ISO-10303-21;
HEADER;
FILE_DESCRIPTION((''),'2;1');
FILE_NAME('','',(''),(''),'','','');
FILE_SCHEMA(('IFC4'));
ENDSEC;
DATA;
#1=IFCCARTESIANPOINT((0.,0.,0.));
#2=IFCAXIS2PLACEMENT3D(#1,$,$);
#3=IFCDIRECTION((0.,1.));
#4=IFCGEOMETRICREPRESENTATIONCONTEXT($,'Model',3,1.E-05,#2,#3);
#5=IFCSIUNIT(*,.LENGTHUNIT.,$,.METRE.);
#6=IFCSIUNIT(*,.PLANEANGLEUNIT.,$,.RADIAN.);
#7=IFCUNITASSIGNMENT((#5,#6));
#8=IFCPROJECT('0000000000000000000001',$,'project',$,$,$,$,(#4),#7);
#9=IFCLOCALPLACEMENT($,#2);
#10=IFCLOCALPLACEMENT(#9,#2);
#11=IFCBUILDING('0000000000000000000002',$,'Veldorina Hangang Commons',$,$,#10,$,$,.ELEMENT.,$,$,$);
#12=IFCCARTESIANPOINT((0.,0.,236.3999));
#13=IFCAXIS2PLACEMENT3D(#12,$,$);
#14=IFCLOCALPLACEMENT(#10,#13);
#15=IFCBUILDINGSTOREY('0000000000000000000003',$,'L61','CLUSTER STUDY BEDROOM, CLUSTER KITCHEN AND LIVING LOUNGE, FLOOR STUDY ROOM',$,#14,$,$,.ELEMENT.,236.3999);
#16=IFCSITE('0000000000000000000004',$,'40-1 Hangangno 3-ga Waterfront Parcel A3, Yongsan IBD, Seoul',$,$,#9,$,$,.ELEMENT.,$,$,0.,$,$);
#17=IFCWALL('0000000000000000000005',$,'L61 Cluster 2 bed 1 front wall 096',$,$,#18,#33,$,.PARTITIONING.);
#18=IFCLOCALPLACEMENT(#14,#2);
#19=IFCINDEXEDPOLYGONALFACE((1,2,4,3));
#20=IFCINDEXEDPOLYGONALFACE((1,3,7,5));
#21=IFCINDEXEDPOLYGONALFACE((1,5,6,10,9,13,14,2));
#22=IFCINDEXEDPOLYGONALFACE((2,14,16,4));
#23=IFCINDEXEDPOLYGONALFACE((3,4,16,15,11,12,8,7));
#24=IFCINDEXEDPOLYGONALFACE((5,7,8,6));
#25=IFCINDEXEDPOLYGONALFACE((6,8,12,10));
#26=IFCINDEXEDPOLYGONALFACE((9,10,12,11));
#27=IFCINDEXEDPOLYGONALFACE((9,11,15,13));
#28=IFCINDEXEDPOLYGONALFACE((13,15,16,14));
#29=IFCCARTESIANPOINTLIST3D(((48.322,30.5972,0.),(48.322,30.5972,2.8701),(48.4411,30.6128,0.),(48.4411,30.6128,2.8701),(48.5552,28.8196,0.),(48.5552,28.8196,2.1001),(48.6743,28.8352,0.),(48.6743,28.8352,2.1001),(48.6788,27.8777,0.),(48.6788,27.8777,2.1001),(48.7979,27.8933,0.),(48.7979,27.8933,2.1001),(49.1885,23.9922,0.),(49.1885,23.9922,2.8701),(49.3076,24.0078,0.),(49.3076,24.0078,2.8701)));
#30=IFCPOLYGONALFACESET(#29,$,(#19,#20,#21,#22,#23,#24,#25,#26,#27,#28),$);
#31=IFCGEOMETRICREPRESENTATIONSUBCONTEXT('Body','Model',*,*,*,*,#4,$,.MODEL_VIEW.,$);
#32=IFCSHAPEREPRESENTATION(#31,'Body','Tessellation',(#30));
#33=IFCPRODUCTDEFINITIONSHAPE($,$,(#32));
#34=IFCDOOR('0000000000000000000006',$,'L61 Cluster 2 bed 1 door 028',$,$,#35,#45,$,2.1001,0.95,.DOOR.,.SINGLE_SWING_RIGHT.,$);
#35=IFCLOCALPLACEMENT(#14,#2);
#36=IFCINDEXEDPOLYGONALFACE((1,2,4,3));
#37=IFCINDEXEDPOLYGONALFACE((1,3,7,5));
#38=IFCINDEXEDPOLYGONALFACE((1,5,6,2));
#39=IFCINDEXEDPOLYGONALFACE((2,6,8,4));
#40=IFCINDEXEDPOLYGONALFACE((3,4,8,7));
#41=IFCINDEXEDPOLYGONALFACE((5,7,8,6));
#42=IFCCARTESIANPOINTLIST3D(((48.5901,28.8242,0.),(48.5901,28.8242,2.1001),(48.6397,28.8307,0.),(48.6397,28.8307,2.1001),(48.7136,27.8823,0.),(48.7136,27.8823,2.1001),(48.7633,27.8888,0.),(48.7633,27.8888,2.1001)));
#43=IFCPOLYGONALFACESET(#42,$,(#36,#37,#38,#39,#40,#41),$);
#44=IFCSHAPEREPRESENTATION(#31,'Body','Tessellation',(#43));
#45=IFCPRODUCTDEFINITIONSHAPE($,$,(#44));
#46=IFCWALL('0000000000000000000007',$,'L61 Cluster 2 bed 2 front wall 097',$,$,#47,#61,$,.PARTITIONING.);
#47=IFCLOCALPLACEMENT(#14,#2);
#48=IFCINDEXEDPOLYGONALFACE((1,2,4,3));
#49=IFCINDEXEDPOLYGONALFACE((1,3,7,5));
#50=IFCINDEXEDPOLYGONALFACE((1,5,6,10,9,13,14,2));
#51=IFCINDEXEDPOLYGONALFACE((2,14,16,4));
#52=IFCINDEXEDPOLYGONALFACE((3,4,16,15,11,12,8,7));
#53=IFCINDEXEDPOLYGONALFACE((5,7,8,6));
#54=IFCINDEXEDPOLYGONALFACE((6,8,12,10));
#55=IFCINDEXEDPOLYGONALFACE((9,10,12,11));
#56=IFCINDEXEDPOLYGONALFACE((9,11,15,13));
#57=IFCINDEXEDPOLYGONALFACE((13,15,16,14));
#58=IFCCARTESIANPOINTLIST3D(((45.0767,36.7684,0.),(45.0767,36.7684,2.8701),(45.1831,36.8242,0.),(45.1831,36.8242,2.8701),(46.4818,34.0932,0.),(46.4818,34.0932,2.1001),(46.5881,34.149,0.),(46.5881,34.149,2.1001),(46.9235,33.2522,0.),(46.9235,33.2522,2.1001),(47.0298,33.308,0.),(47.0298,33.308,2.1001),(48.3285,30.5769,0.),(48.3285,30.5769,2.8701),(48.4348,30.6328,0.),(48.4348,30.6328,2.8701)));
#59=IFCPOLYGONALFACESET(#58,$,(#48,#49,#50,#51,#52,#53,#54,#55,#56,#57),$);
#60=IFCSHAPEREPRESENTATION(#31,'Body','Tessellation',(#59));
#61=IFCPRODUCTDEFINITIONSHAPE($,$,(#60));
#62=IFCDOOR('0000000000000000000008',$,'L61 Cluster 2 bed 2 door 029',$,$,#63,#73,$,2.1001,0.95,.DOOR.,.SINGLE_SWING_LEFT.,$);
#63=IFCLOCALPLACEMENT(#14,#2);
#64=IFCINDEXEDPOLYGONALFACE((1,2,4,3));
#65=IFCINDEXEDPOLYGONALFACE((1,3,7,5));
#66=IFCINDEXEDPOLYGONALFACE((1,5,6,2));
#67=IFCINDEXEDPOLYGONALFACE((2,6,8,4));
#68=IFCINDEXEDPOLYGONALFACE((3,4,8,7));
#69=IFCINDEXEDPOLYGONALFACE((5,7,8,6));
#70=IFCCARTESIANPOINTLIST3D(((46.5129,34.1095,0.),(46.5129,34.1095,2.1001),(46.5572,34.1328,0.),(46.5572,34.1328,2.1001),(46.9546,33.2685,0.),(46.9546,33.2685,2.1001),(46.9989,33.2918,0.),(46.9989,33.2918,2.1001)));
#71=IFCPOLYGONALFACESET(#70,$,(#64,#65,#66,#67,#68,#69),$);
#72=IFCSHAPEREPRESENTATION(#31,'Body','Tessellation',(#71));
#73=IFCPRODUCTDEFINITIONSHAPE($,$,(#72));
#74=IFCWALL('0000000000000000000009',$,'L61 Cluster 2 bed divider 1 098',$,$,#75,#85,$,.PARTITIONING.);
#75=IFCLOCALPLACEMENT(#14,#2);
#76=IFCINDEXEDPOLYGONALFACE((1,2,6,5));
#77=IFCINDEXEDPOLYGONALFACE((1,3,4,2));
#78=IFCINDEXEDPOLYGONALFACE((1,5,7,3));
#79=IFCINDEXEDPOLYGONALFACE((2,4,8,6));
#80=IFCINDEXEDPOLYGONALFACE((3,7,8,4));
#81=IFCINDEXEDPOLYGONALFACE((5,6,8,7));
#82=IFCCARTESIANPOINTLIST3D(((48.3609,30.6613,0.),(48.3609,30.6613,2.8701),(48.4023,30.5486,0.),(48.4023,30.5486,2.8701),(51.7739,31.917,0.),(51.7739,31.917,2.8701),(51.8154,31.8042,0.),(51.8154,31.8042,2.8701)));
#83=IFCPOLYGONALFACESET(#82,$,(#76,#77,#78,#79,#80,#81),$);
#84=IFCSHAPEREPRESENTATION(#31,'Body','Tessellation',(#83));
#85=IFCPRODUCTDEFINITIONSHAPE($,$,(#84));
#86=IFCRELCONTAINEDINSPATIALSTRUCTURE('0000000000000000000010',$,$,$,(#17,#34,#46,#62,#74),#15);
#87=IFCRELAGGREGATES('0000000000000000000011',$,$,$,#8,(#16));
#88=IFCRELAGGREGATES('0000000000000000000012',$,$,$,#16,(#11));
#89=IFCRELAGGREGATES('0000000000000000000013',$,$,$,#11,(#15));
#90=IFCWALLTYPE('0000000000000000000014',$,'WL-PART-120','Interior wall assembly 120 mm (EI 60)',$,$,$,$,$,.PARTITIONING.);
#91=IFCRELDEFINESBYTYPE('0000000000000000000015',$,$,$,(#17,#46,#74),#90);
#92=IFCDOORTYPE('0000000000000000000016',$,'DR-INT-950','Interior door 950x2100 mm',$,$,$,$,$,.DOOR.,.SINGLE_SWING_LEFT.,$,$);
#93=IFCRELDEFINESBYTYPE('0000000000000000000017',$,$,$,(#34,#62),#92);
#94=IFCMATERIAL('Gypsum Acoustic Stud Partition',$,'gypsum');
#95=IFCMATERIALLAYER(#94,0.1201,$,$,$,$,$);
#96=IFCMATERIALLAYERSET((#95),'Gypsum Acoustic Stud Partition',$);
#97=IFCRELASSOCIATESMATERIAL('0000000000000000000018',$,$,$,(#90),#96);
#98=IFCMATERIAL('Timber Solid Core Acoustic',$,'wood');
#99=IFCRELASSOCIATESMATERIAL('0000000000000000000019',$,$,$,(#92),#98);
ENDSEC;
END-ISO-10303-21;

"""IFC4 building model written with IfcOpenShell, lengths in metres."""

from ifc_helpers import new_model, si_unit, direction, frame, frame_2d, origin, place, context, subcontext, project, spatial, rectangle, extrude, material, layer, layer_set, type_object, element, fill, save


model = new_model("IFC4")

# Units and contexts
model_context = context("Model", 3, precision=1e-05, world=origin(), true_north=direction((0.0, 1.0)))
body_context = subcontext(model_context, "Body", "Model", "MODEL_VIEW")
ifc_project = project(units=[si_unit("LENGTHUNIT", "METRE"), si_unit("PLANEANGLEUNIT", "RADIAN")], contexts=[model_context])

# Site, building, storey
site_placement = place(None, origin())
site = spatial("IfcSite", under=ifc_project, at=site_placement, Name="40-1 Hangangno 3-ga Waterfront Parcel A3, Yongsan IBD, Seoul", CompositionType="ELEMENT", RefElevation=0.0)
building_placement = place(site_placement, origin())
building = spatial("IfcBuilding", under=site, at=building_placement, Name="Veldorina Hangang Commons", CompositionType="ELEMENT")
storey_placement = place(building_placement, frame((0.0, 0.0, 236.3999)))
storey = spatial("IfcBuildingStorey", under=building, at=storey_placement, Name="L61", Description="CLUSTER STUDY BEDROOM, CLUSTER KITCHEN AND LIVING LOUNGE, FLOOR STUDY ROOM", CompositionType="ELEMENT", Elevation=236.3999)

# Walls, openings, doors
ifc_material_1 = material(Name="Gypsum Acoustic Stud Partition", Category="gypsum")
ifc_layer_1 = layer(ifc_material_1, 0.1201)
ifc_layer_set_1 = layer_set([ifc_layer_1], Name="Gypsum Acoustic Stud Partition")
wall_type_1 = type_object("IfcWallType", Name="WL-PART-120", Description="Interior wall assembly 120 mm (EI 60)", PredefinedType="PARTITIONING", material=ifc_layer_set_1)
wall_1_placement = place(storey_placement, frame((49.248, 24.0, 0.0), z_axis=(0.0, 0.0, 1.0), x_axis=(-0.130068, 0.991505, 0.0)))
wall_1 = element("IfcWall", 1, at=wall_1_placement, inside=storey, type_object=wall_type_1, Name="L61 Cluster 2 bed 1 front wall 096", PredefinedType="PARTITIONING", context=body_context, shape_type="SweptSolid", body=[
    extrude(rectangle(XDim=6.6616, YDim=0.1201, at=frame_2d((3.3308, 0.0))), origin(), (0.0, 0.0, 1.0), 2.8701),
])
opening_1_placement = place(wall_1_placement, frame((3.9187, 0.0, 0.0)))
opening_1 = element("IfcOpeningElement", 2, at=opening_1_placement, cuts=wall_1, PredefinedType="OPENING", context=body_context, shape_type="SweptSolid", body=[
    extrude(rectangle(XDim=0.95, YDim=2.1001, at=frame_2d((0.4751, 1.05))), frame((0.0, 0.0701, 0.0), z_axis=(0.0, -1.0, 0.0), x_axis=(1.0, 0.0, 0.0)), (0.0, 0.0, 1.0), 0.1401),
])
ifc_material_2 = material(Name="Timber Solid Core Acoustic", Category="wood")
door_type_1 = type_object("IfcDoorType", Name="DR-INT-950", Description="Interior door 950x2100 mm", OperationType="SINGLE_SWING_LEFT", PredefinedType="DOOR", material=ifc_material_2)
door_1_placement = place(opening_1_placement, origin())
door_1 = element("IfcDoor", 3, at=door_1_placement, inside=storey, type_object=door_type_1, Name="L61 Cluster 2 bed 1 door 028", OperationType="SINGLE_SWING_RIGHT", OverallHeight=2.1001, OverallWidth=0.95, PredefinedType="DOOR", context=body_context, shape_type="SweptSolid", body=[
    extrude(rectangle(XDim=0.95, YDim=2.1001, at=frame_2d((0.4751, 1.05))), frame((0.0, 0.0249, 0.0), z_axis=(0.0, -1.0, 0.0), x_axis=(1.0, 0.0, 0.0)), (0.0, 0.0, 1.0), 0.05),
])
fill(opening_1, door_1)
wall_2_placement = place(storey_placement, frame((48.3816, 30.605, 0.0), z_axis=(0.0, 0.0, 1.0), x_axis=(-0.464971, 0.885326, 0.0)))
wall_2 = element("IfcWall", 4, at=wall_2_placement, inside=storey, type_object=wall_type_1, Name="L61 Cluster 2 bed 2 front wall 097", PredefinedType="PARTITIONING", context=body_context, shape_type="SweptSolid", body=[
    extrude(rectangle(XDim=6.9934, YDim=0.1201, at=frame_2d((3.4966, 0.0))), origin(), (0.0, 0.0, 1.0), 2.8701),
])
opening_2_placement = place(wall_2_placement, frame((3.0215, 0.0, 0.0)))
opening_2 = element("IfcOpeningElement", 5, at=opening_2_placement, cuts=wall_2, PredefinedType="OPENING", context=body_context, shape_type="SweptSolid", body=[
    extrude(rectangle(XDim=0.95, YDim=2.1001, at=frame_2d((0.4751, 1.05))), frame((0.0, 0.0701, 0.0), z_axis=(0.0, -1.0, 0.0), x_axis=(1.0, 0.0, 0.0)), (0.0, 0.0, 1.0), 0.1401),
])
door_2_placement = place(opening_2_placement, origin())
door_2 = element("IfcDoor", 6, at=door_2_placement, inside=storey, type_object=door_type_1, Name="L61 Cluster 2 bed 2 door 029", OperationType="SINGLE_SWING_LEFT", OverallHeight=2.1001, OverallWidth=0.95, PredefinedType="DOOR", context=body_context, shape_type="SweptSolid", body=[
    extrude(rectangle(XDim=0.95, YDim=2.1001, at=frame_2d((0.4751, 1.05))), frame((0.0, 0.0249, 0.0), z_axis=(0.0, -1.0, 0.0), x_axis=(1.0, 0.0, 0.0)), (0.0, 0.0, 1.0), 0.05),
])
fill(opening_2, door_2)

# Wall
wall_3_placement = place(storey_placement, frame((48.3816, 30.605, 0.0), z_axis=(0.0, 0.0, 1.0), x_axis=(0.938507, 0.34526, 0.0)))
element("IfcWall", 7, at=wall_3_placement, inside=storey, type_object=wall_type_1, Name="L61 Cluster 2 bed divider 1 098", PredefinedType="PARTITIONING", context=body_context, shape_type="SweptSolid", body=[
    extrude(rectangle(XDim=3.6367, YDim=0.1201, at=frame_2d((1.8184, 0.0))), origin(), (0.0, 0.0, 1.0), 2.8701),
])

save(model, "model.ifc")
